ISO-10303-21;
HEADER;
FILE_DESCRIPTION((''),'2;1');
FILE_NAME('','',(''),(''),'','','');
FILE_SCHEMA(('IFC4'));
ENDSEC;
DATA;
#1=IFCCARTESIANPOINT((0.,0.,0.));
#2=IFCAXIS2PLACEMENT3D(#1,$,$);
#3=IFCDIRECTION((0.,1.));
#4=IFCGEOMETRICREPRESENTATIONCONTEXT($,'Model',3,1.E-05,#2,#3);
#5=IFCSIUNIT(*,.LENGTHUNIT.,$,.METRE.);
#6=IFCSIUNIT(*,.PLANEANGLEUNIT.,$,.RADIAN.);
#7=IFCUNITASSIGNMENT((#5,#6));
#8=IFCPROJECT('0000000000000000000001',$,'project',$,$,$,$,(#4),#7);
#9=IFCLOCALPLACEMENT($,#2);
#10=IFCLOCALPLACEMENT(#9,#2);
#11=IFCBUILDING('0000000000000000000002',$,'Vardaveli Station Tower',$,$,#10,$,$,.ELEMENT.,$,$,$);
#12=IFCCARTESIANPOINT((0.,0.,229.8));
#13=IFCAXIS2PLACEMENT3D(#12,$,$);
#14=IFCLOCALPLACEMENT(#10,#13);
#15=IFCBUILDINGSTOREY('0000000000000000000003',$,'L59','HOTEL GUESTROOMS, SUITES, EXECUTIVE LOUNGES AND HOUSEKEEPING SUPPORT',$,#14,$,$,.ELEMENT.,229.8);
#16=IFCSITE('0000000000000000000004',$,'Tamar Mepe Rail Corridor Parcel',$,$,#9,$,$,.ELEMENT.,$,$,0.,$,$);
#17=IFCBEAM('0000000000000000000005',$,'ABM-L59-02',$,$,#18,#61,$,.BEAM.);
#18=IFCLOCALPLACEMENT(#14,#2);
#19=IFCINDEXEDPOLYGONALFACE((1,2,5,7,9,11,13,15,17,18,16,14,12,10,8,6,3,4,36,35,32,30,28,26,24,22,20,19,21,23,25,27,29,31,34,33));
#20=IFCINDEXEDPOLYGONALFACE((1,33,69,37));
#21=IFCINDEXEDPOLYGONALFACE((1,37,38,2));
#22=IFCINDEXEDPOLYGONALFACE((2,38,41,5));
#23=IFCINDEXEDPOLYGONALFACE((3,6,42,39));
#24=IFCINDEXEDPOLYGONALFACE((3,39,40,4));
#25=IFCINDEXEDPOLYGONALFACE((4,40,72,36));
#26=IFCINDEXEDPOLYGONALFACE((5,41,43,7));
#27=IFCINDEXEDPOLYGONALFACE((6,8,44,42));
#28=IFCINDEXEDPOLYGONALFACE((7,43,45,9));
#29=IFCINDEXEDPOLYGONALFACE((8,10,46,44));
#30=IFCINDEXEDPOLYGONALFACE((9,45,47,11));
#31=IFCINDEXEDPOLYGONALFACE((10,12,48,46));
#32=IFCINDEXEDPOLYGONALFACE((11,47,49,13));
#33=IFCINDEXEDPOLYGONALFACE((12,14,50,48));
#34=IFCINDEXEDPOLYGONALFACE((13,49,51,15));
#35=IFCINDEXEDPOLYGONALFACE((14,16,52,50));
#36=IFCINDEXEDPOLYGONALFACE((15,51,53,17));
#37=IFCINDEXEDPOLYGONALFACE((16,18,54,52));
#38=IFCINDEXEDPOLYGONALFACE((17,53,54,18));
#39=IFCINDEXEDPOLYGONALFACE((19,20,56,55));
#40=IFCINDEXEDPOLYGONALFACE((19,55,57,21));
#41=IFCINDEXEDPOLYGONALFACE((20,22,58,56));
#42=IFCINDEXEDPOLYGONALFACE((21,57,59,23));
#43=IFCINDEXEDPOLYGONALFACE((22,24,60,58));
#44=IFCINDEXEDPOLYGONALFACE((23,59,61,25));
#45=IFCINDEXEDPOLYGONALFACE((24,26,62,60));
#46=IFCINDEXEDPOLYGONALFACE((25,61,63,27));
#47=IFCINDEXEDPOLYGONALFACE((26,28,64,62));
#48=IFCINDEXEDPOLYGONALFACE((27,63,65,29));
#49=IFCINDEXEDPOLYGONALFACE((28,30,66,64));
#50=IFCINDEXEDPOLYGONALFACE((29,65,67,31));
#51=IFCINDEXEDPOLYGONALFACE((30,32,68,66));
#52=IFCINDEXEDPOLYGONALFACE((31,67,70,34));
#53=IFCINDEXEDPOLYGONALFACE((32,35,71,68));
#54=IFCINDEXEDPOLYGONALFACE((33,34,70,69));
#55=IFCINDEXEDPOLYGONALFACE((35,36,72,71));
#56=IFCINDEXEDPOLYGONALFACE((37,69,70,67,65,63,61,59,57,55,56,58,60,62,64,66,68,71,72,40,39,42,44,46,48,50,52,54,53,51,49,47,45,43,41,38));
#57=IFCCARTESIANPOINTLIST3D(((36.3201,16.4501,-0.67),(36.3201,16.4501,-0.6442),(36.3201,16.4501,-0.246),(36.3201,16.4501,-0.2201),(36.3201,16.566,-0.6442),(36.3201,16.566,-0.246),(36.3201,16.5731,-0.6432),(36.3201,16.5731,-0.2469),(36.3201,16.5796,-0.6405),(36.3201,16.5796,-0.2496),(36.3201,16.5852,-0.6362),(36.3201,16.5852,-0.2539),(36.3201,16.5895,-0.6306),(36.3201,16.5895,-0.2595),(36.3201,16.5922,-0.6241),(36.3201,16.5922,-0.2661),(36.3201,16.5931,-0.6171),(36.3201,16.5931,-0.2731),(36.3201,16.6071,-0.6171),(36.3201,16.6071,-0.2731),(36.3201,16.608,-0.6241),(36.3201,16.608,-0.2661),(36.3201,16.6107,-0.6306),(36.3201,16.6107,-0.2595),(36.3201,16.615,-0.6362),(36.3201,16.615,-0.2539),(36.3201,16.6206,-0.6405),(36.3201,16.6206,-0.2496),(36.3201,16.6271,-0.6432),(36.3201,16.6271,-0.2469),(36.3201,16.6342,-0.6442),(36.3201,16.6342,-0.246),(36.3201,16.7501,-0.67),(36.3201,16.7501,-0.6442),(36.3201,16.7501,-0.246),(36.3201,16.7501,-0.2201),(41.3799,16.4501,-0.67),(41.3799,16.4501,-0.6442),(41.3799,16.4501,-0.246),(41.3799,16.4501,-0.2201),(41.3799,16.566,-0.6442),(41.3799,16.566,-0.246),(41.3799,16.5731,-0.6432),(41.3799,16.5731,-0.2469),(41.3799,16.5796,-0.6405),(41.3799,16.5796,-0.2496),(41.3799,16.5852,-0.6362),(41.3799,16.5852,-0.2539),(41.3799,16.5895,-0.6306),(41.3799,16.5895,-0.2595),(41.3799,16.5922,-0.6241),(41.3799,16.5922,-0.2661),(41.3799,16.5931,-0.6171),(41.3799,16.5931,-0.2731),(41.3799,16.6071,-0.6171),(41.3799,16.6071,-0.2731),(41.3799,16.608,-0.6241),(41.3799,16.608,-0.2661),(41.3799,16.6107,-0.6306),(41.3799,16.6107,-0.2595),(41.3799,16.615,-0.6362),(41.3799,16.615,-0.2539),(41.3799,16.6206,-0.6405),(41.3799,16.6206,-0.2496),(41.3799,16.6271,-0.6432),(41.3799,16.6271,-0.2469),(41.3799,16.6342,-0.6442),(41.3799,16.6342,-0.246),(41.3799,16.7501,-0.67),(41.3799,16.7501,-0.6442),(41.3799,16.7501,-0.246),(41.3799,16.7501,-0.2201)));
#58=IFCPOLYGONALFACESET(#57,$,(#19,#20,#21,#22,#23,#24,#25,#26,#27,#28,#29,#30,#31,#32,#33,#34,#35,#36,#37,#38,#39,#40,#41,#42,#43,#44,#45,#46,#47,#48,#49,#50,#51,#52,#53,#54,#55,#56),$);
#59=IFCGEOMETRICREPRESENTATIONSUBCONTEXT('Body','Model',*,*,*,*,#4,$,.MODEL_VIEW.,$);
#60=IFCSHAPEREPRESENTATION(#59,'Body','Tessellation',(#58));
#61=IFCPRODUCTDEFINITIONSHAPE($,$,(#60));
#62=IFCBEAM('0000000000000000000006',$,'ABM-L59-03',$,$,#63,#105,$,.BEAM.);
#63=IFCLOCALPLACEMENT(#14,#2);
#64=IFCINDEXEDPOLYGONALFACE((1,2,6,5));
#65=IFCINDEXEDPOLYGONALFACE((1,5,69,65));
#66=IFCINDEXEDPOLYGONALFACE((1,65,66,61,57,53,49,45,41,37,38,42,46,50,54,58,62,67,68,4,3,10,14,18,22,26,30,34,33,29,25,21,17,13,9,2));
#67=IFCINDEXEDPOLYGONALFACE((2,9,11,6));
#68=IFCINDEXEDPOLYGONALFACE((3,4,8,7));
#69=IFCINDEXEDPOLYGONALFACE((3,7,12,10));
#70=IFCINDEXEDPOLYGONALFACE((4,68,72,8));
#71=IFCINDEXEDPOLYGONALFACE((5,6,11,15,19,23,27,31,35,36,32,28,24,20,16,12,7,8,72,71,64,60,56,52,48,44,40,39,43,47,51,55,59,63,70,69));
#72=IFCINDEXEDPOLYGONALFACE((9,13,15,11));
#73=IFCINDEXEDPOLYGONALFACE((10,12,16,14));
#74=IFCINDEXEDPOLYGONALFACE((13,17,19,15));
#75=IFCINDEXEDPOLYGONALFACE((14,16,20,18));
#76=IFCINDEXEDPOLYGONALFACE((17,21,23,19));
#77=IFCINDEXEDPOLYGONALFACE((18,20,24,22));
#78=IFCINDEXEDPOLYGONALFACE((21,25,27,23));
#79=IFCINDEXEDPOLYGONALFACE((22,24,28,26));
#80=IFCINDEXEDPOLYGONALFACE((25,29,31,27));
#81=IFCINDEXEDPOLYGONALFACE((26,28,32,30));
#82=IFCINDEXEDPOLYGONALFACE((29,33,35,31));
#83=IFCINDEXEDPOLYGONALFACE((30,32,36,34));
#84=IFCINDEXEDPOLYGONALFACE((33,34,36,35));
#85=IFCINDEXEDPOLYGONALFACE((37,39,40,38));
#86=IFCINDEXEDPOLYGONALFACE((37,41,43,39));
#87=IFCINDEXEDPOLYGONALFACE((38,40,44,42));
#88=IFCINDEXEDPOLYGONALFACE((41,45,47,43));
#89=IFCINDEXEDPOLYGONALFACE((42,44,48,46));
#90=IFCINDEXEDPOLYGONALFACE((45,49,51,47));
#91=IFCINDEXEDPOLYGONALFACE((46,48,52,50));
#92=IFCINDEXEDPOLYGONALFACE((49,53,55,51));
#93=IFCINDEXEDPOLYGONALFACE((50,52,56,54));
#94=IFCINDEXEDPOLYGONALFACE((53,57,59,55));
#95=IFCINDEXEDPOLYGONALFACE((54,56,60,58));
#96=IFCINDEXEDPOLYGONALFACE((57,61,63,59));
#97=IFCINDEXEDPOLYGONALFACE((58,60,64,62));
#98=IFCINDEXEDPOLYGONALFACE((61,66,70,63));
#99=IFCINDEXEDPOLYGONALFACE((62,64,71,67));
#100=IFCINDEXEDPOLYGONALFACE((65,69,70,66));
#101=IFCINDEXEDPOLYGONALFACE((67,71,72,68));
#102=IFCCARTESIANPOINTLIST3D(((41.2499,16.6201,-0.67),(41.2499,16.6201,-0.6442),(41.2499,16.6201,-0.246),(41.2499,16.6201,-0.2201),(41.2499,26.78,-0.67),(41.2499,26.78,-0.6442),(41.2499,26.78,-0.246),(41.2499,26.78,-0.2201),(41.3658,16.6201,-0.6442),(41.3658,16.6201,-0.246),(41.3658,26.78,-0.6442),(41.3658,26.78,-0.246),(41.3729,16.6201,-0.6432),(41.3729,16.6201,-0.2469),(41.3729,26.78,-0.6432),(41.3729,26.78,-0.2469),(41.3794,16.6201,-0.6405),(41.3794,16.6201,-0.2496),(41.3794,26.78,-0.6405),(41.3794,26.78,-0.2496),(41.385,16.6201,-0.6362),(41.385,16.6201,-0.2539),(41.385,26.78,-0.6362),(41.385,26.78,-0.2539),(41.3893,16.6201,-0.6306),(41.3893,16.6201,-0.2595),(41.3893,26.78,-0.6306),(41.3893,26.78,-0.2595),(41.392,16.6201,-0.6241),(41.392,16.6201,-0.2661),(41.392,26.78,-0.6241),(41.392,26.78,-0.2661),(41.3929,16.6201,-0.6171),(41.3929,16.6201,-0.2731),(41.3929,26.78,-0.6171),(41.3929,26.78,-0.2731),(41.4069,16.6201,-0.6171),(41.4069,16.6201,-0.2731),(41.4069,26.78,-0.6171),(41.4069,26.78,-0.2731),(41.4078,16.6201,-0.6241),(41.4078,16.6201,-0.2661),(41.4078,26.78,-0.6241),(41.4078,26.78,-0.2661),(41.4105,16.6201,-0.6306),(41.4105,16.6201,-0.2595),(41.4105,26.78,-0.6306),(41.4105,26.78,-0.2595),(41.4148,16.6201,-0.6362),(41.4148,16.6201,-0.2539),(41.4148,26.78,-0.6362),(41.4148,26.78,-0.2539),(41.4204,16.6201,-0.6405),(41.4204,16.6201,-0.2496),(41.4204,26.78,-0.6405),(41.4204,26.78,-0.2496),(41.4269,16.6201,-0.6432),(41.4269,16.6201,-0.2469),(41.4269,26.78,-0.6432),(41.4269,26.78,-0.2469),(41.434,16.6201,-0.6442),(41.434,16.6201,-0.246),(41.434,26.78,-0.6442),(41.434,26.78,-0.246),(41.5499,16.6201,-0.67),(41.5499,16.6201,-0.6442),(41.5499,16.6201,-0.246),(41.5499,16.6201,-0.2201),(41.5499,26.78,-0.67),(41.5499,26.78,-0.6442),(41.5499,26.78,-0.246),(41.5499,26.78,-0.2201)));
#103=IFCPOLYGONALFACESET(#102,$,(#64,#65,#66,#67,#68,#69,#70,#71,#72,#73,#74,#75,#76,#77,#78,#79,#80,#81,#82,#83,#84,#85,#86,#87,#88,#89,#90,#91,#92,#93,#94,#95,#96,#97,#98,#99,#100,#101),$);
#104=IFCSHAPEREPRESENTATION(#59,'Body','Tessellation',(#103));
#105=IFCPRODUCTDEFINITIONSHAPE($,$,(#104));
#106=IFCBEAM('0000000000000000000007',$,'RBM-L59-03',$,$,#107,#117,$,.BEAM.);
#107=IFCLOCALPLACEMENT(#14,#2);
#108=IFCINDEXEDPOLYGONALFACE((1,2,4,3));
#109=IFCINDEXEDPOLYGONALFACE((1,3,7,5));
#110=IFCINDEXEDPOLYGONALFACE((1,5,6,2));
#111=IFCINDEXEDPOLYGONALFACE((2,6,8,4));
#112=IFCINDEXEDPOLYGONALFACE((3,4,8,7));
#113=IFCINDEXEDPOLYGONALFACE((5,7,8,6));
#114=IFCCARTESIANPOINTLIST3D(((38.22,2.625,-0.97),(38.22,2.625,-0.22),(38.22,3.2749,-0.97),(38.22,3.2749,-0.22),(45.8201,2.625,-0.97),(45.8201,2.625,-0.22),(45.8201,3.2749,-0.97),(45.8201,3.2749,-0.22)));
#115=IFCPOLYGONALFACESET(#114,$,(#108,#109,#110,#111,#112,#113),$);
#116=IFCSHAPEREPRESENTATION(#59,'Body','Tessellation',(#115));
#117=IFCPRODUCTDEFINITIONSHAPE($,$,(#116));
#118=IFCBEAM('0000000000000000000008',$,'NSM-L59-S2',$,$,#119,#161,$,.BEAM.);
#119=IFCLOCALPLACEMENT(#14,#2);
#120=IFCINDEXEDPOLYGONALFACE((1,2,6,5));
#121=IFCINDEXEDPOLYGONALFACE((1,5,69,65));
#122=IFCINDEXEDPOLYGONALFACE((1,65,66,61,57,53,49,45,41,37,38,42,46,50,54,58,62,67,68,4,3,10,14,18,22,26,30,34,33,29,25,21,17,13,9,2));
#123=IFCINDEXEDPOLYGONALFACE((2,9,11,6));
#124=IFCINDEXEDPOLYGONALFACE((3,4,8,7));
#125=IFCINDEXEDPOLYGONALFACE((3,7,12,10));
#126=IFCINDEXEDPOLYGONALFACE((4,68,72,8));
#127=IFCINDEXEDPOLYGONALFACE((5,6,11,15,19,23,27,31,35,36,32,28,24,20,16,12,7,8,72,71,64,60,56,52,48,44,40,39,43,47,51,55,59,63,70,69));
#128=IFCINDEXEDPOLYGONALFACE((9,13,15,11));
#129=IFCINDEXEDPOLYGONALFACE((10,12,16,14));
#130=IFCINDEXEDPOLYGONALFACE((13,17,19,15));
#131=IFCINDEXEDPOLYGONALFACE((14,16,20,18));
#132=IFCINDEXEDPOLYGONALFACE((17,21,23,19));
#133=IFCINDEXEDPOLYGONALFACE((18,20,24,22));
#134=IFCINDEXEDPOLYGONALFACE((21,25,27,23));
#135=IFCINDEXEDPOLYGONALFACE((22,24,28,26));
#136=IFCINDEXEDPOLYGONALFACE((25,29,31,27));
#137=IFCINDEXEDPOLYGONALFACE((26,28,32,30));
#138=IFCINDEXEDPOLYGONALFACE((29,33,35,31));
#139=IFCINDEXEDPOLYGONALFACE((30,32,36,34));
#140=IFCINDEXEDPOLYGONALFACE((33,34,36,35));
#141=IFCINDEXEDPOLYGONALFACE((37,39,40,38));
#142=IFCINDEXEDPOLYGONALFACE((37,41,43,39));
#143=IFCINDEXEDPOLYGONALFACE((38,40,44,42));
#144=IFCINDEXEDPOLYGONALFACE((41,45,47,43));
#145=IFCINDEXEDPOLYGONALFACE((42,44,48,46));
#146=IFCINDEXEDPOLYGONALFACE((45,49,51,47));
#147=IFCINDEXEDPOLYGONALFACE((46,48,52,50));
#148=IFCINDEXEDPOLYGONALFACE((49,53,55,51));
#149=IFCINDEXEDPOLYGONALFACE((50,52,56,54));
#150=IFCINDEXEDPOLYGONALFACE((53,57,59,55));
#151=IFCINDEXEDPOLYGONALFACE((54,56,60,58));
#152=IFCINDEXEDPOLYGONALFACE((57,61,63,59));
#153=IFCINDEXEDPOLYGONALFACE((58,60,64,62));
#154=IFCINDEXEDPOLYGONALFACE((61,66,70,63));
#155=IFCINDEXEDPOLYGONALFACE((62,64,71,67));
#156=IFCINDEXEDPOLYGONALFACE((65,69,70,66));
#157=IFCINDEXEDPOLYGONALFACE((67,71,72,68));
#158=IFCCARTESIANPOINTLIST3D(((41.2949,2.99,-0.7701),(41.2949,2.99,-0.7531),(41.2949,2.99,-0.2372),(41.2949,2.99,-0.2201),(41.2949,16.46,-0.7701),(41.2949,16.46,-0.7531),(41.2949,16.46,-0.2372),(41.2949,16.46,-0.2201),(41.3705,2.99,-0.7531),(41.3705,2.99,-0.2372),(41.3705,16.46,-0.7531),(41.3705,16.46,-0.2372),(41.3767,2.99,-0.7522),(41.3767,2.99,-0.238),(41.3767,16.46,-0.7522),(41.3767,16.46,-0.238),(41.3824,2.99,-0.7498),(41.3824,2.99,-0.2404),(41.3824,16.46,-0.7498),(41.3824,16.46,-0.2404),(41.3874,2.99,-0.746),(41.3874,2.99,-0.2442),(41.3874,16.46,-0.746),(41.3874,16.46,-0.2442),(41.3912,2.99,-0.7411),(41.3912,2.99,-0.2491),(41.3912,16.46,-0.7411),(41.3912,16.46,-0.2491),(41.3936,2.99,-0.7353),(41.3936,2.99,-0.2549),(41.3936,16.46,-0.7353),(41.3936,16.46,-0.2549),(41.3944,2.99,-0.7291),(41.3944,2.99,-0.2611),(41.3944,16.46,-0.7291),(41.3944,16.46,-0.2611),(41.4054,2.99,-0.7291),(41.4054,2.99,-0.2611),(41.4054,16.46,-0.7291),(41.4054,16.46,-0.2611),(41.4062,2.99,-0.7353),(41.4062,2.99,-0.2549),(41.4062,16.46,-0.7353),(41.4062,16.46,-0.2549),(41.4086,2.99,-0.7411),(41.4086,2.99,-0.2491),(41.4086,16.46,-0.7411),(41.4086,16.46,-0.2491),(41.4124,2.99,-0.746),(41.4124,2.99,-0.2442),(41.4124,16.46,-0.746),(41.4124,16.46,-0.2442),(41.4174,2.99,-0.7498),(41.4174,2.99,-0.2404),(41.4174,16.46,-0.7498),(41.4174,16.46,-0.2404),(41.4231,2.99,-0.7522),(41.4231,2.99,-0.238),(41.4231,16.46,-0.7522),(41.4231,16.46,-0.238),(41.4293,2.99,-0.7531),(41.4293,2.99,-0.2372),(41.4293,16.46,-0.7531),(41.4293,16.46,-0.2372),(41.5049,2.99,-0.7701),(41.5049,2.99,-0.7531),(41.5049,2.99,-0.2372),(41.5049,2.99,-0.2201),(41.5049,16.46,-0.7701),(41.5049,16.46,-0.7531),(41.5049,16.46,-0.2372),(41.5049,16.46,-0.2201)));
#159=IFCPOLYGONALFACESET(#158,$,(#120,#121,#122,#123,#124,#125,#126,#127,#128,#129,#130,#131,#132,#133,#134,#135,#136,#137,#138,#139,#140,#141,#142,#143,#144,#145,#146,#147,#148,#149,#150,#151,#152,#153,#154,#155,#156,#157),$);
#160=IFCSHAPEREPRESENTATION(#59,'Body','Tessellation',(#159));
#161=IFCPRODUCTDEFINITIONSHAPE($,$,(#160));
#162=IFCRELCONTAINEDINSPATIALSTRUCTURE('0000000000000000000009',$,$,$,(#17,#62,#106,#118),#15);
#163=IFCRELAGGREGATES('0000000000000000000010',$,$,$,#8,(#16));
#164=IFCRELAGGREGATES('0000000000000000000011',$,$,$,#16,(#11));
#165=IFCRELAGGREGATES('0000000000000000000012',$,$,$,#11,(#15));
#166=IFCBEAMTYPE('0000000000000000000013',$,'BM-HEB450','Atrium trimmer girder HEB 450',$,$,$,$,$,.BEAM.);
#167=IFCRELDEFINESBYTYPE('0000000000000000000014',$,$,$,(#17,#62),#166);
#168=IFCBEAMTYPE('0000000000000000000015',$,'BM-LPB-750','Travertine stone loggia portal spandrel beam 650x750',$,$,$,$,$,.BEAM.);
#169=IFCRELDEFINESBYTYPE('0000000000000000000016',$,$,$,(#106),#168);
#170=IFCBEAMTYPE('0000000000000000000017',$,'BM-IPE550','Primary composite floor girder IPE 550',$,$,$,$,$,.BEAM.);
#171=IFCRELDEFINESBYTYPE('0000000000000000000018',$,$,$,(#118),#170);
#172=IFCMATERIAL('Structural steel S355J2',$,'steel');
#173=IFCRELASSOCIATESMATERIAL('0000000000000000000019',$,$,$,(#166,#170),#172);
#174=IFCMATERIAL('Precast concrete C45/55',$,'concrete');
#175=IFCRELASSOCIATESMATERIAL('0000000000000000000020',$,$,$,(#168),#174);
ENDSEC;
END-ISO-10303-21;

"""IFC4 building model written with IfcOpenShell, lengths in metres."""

from ifc_helpers import new_model, si_unit, direction, frame, origin, origin_2d, place, context, subcontext, project, spatial, rectangle, i_section, extrude, source, transform, mapped, material, material_profile, profile_set, type_object, element, save


model = new_model("IFC4")

# Units and contexts
model_context = context("Model", 3, precision=1e-05, world=origin(), true_north=direction((0.0, 1.0)))
body_context = subcontext(model_context, "Body", "Model", "MODEL_VIEW")
ifc_project = project(units=[si_unit("LENGTHUNIT", "METRE"), si_unit("PLANEANGLEUNIT", "RADIAN")], contexts=[model_context])

# Site, building, storey
site_placement = place(None, origin())
site = spatial("IfcSite", under=ifc_project, at=site_placement, Name="Tamar Mepe Rail Corridor Parcel", CompositionType="ELEMENT", RefElevation=0.0)
building_placement = place(site_placement, origin())
building = spatial("IfcBuilding", under=site, at=building_placement, Name="Vardaveli Station Tower", CompositionType="ELEMENT")
storey_placement = place(building_placement, frame((0.0, 0.0, 229.8)))
storey = spatial("IfcBuildingStorey", under=building, at=storey_placement, Name="L59", Description="HOTEL GUESTROOMS, SUITES, EXECUTIVE LOUNGES AND HOUSEKEEPING SUPPORT", CompositionType="ELEMENT", Elevation=229.8)

# Beams
ifc_material_1 = material(Name="Structural steel S355J2", Category="steel")
ifc_material_profile_1 = material_profile(ifc_material_1, i_section(OverallWidth=0.3, OverallDepth=0.45, WebThickness=0.0139, FlangeThickness=0.0259, FilletRadius=0.0271, at=origin_2d()), Name="HEB 450")
ifc_profile_set_1 = profile_set([ifc_material_profile_1], Name="Structural steel S355J2")
beam_type_1 = type_object("IfcBeamType", Name="BM-HEB450", Description="Atrium trimmer girder HEB 450", PredefinedType="BEAM", material=ifc_profile_set_1)
shared_shape_1 = source(origin(), body_context, "Body", "SweptSolid", [
    extrude(i_section(OverallWidth=0.3, OverallDepth=0.45, WebThickness=0.0139, FlangeThickness=0.0259, FilletRadius=0.0271, at=origin_2d()), origin(), (0.0, 0.0, 1.0), 5.0598),
])
beam_1_placement = place(storey_placement, frame((36.3201, 16.6001, -0.4451), z_axis=(1.0, 0.0, 0.0), x_axis=(0.0, 1.0, 0.0)))
element("IfcBeam", 1, at=beam_1_placement, inside=storey, type_object=beam_type_1, Name="ABM-L59-02", PredefinedType="BEAM", context=body_context, shape_type="MappedRepresentation", body=[
    mapped(shared_shape_1, transform((0.0, 0.0, 0.0), scale=1.0)),
])
shared_shape_2 = source(origin(), body_context, "Body", "SweptSolid", [
    extrude(i_section(OverallWidth=0.3, OverallDepth=0.45, WebThickness=0.0139, FlangeThickness=0.0259, FilletRadius=0.0271, at=origin_2d()), origin(), (0.0, 0.0, 1.0), 10.1599),
])
beam_2_placement = place(storey_placement, frame((41.3999, 16.6201, -0.4451), z_axis=(0.0, 1.0, 0.0), x_axis=(-1.0, 0.0, 0.0)))
element("IfcBeam", 2, at=beam_2_placement, inside=storey, type_object=beam_type_1, Name="ABM-L59-03", PredefinedType="BEAM", context=body_context, shape_type="MappedRepresentation", body=[
    mapped(shared_shape_2, transform((0.0, 0.0, 0.0), scale=1.0)),
])
ifc_material_2 = material(Name="Precast concrete C45/55", Category="concrete")
ifc_material_profile_2 = material_profile(ifc_material_2, rectangle(XDim=0.6499, YDim=0.75, at=origin_2d()), Name="LPB 650x750")
ifc_profile_set_2 = profile_set([ifc_material_profile_2], Name="Precast concrete C45/55")
beam_type_2 = type_object("IfcBeamType", Name="BM-LPB-750", Description="Travertine stone loggia portal spandrel beam 650x750", PredefinedType="BEAM", material=ifc_profile_set_2)
shared_shape_3 = source(origin(), body_context, "Body", "SweptSolid", [
    extrude(rectangle(XDim=0.6499, YDim=0.75, at=origin_2d()), origin(), (0.0, 0.0, 1.0), 7.6001),
])
beam_3_placement = place(storey_placement, frame((38.22, 2.95, -0.595), z_axis=(1.0, 0.0, 0.0), x_axis=(0.0, 1.0, 0.0)))
element("IfcBeam", 3, at=beam_3_placement, inside=storey, type_object=beam_type_2, Name="RBM-L59-03", PredefinedType="BEAM", context=body_context, shape_type="MappedRepresentation", body=[
    mapped(shared_shape_3, transform((0.0, 0.0, 0.0), scale=1.0)),
])
ifc_material_profile_3 = material_profile(ifc_material_1, i_section(OverallWidth=0.21, OverallDepth=0.55, WebThickness=0.011, FlangeThickness=0.0171, FilletRadius=0.0239, at=origin_2d()), Name="IPE 550")
ifc_profile_set_3 = profile_set([ifc_material_profile_3], Name="Structural steel S355J2")
beam_type_3 = type_object("IfcBeamType", Name="BM-IPE550", Description="Primary composite floor girder IPE 550", PredefinedType="BEAM", material=ifc_profile_set_3)
shared_shape_4 = source(origin(), body_context, "Body", "SweptSolid", [
    extrude(i_section(OverallWidth=0.21, OverallDepth=0.55, WebThickness=0.011, FlangeThickness=0.0171, FilletRadius=0.0239, at=origin_2d()), origin(), (0.0, 0.0, 1.0), 13.47),
])
beam_4_placement = place(storey_placement, frame((41.3999, 2.99, -0.4951), z_axis=(0.0, 1.0, 0.0), x_axis=(-1.0, 0.0, 0.0)))
element("IfcBeam", 4, at=beam_4_placement, inside=storey, type_object=beam_type_3, Name="NSM-L59-S2", PredefinedType="BEAM", context=body_context, shape_type="MappedRepresentation", body=[
    mapped(shared_shape_4, transform((0.0, 0.0, 0.0), scale=1.0)),
])

save(model, "model.ifc")
